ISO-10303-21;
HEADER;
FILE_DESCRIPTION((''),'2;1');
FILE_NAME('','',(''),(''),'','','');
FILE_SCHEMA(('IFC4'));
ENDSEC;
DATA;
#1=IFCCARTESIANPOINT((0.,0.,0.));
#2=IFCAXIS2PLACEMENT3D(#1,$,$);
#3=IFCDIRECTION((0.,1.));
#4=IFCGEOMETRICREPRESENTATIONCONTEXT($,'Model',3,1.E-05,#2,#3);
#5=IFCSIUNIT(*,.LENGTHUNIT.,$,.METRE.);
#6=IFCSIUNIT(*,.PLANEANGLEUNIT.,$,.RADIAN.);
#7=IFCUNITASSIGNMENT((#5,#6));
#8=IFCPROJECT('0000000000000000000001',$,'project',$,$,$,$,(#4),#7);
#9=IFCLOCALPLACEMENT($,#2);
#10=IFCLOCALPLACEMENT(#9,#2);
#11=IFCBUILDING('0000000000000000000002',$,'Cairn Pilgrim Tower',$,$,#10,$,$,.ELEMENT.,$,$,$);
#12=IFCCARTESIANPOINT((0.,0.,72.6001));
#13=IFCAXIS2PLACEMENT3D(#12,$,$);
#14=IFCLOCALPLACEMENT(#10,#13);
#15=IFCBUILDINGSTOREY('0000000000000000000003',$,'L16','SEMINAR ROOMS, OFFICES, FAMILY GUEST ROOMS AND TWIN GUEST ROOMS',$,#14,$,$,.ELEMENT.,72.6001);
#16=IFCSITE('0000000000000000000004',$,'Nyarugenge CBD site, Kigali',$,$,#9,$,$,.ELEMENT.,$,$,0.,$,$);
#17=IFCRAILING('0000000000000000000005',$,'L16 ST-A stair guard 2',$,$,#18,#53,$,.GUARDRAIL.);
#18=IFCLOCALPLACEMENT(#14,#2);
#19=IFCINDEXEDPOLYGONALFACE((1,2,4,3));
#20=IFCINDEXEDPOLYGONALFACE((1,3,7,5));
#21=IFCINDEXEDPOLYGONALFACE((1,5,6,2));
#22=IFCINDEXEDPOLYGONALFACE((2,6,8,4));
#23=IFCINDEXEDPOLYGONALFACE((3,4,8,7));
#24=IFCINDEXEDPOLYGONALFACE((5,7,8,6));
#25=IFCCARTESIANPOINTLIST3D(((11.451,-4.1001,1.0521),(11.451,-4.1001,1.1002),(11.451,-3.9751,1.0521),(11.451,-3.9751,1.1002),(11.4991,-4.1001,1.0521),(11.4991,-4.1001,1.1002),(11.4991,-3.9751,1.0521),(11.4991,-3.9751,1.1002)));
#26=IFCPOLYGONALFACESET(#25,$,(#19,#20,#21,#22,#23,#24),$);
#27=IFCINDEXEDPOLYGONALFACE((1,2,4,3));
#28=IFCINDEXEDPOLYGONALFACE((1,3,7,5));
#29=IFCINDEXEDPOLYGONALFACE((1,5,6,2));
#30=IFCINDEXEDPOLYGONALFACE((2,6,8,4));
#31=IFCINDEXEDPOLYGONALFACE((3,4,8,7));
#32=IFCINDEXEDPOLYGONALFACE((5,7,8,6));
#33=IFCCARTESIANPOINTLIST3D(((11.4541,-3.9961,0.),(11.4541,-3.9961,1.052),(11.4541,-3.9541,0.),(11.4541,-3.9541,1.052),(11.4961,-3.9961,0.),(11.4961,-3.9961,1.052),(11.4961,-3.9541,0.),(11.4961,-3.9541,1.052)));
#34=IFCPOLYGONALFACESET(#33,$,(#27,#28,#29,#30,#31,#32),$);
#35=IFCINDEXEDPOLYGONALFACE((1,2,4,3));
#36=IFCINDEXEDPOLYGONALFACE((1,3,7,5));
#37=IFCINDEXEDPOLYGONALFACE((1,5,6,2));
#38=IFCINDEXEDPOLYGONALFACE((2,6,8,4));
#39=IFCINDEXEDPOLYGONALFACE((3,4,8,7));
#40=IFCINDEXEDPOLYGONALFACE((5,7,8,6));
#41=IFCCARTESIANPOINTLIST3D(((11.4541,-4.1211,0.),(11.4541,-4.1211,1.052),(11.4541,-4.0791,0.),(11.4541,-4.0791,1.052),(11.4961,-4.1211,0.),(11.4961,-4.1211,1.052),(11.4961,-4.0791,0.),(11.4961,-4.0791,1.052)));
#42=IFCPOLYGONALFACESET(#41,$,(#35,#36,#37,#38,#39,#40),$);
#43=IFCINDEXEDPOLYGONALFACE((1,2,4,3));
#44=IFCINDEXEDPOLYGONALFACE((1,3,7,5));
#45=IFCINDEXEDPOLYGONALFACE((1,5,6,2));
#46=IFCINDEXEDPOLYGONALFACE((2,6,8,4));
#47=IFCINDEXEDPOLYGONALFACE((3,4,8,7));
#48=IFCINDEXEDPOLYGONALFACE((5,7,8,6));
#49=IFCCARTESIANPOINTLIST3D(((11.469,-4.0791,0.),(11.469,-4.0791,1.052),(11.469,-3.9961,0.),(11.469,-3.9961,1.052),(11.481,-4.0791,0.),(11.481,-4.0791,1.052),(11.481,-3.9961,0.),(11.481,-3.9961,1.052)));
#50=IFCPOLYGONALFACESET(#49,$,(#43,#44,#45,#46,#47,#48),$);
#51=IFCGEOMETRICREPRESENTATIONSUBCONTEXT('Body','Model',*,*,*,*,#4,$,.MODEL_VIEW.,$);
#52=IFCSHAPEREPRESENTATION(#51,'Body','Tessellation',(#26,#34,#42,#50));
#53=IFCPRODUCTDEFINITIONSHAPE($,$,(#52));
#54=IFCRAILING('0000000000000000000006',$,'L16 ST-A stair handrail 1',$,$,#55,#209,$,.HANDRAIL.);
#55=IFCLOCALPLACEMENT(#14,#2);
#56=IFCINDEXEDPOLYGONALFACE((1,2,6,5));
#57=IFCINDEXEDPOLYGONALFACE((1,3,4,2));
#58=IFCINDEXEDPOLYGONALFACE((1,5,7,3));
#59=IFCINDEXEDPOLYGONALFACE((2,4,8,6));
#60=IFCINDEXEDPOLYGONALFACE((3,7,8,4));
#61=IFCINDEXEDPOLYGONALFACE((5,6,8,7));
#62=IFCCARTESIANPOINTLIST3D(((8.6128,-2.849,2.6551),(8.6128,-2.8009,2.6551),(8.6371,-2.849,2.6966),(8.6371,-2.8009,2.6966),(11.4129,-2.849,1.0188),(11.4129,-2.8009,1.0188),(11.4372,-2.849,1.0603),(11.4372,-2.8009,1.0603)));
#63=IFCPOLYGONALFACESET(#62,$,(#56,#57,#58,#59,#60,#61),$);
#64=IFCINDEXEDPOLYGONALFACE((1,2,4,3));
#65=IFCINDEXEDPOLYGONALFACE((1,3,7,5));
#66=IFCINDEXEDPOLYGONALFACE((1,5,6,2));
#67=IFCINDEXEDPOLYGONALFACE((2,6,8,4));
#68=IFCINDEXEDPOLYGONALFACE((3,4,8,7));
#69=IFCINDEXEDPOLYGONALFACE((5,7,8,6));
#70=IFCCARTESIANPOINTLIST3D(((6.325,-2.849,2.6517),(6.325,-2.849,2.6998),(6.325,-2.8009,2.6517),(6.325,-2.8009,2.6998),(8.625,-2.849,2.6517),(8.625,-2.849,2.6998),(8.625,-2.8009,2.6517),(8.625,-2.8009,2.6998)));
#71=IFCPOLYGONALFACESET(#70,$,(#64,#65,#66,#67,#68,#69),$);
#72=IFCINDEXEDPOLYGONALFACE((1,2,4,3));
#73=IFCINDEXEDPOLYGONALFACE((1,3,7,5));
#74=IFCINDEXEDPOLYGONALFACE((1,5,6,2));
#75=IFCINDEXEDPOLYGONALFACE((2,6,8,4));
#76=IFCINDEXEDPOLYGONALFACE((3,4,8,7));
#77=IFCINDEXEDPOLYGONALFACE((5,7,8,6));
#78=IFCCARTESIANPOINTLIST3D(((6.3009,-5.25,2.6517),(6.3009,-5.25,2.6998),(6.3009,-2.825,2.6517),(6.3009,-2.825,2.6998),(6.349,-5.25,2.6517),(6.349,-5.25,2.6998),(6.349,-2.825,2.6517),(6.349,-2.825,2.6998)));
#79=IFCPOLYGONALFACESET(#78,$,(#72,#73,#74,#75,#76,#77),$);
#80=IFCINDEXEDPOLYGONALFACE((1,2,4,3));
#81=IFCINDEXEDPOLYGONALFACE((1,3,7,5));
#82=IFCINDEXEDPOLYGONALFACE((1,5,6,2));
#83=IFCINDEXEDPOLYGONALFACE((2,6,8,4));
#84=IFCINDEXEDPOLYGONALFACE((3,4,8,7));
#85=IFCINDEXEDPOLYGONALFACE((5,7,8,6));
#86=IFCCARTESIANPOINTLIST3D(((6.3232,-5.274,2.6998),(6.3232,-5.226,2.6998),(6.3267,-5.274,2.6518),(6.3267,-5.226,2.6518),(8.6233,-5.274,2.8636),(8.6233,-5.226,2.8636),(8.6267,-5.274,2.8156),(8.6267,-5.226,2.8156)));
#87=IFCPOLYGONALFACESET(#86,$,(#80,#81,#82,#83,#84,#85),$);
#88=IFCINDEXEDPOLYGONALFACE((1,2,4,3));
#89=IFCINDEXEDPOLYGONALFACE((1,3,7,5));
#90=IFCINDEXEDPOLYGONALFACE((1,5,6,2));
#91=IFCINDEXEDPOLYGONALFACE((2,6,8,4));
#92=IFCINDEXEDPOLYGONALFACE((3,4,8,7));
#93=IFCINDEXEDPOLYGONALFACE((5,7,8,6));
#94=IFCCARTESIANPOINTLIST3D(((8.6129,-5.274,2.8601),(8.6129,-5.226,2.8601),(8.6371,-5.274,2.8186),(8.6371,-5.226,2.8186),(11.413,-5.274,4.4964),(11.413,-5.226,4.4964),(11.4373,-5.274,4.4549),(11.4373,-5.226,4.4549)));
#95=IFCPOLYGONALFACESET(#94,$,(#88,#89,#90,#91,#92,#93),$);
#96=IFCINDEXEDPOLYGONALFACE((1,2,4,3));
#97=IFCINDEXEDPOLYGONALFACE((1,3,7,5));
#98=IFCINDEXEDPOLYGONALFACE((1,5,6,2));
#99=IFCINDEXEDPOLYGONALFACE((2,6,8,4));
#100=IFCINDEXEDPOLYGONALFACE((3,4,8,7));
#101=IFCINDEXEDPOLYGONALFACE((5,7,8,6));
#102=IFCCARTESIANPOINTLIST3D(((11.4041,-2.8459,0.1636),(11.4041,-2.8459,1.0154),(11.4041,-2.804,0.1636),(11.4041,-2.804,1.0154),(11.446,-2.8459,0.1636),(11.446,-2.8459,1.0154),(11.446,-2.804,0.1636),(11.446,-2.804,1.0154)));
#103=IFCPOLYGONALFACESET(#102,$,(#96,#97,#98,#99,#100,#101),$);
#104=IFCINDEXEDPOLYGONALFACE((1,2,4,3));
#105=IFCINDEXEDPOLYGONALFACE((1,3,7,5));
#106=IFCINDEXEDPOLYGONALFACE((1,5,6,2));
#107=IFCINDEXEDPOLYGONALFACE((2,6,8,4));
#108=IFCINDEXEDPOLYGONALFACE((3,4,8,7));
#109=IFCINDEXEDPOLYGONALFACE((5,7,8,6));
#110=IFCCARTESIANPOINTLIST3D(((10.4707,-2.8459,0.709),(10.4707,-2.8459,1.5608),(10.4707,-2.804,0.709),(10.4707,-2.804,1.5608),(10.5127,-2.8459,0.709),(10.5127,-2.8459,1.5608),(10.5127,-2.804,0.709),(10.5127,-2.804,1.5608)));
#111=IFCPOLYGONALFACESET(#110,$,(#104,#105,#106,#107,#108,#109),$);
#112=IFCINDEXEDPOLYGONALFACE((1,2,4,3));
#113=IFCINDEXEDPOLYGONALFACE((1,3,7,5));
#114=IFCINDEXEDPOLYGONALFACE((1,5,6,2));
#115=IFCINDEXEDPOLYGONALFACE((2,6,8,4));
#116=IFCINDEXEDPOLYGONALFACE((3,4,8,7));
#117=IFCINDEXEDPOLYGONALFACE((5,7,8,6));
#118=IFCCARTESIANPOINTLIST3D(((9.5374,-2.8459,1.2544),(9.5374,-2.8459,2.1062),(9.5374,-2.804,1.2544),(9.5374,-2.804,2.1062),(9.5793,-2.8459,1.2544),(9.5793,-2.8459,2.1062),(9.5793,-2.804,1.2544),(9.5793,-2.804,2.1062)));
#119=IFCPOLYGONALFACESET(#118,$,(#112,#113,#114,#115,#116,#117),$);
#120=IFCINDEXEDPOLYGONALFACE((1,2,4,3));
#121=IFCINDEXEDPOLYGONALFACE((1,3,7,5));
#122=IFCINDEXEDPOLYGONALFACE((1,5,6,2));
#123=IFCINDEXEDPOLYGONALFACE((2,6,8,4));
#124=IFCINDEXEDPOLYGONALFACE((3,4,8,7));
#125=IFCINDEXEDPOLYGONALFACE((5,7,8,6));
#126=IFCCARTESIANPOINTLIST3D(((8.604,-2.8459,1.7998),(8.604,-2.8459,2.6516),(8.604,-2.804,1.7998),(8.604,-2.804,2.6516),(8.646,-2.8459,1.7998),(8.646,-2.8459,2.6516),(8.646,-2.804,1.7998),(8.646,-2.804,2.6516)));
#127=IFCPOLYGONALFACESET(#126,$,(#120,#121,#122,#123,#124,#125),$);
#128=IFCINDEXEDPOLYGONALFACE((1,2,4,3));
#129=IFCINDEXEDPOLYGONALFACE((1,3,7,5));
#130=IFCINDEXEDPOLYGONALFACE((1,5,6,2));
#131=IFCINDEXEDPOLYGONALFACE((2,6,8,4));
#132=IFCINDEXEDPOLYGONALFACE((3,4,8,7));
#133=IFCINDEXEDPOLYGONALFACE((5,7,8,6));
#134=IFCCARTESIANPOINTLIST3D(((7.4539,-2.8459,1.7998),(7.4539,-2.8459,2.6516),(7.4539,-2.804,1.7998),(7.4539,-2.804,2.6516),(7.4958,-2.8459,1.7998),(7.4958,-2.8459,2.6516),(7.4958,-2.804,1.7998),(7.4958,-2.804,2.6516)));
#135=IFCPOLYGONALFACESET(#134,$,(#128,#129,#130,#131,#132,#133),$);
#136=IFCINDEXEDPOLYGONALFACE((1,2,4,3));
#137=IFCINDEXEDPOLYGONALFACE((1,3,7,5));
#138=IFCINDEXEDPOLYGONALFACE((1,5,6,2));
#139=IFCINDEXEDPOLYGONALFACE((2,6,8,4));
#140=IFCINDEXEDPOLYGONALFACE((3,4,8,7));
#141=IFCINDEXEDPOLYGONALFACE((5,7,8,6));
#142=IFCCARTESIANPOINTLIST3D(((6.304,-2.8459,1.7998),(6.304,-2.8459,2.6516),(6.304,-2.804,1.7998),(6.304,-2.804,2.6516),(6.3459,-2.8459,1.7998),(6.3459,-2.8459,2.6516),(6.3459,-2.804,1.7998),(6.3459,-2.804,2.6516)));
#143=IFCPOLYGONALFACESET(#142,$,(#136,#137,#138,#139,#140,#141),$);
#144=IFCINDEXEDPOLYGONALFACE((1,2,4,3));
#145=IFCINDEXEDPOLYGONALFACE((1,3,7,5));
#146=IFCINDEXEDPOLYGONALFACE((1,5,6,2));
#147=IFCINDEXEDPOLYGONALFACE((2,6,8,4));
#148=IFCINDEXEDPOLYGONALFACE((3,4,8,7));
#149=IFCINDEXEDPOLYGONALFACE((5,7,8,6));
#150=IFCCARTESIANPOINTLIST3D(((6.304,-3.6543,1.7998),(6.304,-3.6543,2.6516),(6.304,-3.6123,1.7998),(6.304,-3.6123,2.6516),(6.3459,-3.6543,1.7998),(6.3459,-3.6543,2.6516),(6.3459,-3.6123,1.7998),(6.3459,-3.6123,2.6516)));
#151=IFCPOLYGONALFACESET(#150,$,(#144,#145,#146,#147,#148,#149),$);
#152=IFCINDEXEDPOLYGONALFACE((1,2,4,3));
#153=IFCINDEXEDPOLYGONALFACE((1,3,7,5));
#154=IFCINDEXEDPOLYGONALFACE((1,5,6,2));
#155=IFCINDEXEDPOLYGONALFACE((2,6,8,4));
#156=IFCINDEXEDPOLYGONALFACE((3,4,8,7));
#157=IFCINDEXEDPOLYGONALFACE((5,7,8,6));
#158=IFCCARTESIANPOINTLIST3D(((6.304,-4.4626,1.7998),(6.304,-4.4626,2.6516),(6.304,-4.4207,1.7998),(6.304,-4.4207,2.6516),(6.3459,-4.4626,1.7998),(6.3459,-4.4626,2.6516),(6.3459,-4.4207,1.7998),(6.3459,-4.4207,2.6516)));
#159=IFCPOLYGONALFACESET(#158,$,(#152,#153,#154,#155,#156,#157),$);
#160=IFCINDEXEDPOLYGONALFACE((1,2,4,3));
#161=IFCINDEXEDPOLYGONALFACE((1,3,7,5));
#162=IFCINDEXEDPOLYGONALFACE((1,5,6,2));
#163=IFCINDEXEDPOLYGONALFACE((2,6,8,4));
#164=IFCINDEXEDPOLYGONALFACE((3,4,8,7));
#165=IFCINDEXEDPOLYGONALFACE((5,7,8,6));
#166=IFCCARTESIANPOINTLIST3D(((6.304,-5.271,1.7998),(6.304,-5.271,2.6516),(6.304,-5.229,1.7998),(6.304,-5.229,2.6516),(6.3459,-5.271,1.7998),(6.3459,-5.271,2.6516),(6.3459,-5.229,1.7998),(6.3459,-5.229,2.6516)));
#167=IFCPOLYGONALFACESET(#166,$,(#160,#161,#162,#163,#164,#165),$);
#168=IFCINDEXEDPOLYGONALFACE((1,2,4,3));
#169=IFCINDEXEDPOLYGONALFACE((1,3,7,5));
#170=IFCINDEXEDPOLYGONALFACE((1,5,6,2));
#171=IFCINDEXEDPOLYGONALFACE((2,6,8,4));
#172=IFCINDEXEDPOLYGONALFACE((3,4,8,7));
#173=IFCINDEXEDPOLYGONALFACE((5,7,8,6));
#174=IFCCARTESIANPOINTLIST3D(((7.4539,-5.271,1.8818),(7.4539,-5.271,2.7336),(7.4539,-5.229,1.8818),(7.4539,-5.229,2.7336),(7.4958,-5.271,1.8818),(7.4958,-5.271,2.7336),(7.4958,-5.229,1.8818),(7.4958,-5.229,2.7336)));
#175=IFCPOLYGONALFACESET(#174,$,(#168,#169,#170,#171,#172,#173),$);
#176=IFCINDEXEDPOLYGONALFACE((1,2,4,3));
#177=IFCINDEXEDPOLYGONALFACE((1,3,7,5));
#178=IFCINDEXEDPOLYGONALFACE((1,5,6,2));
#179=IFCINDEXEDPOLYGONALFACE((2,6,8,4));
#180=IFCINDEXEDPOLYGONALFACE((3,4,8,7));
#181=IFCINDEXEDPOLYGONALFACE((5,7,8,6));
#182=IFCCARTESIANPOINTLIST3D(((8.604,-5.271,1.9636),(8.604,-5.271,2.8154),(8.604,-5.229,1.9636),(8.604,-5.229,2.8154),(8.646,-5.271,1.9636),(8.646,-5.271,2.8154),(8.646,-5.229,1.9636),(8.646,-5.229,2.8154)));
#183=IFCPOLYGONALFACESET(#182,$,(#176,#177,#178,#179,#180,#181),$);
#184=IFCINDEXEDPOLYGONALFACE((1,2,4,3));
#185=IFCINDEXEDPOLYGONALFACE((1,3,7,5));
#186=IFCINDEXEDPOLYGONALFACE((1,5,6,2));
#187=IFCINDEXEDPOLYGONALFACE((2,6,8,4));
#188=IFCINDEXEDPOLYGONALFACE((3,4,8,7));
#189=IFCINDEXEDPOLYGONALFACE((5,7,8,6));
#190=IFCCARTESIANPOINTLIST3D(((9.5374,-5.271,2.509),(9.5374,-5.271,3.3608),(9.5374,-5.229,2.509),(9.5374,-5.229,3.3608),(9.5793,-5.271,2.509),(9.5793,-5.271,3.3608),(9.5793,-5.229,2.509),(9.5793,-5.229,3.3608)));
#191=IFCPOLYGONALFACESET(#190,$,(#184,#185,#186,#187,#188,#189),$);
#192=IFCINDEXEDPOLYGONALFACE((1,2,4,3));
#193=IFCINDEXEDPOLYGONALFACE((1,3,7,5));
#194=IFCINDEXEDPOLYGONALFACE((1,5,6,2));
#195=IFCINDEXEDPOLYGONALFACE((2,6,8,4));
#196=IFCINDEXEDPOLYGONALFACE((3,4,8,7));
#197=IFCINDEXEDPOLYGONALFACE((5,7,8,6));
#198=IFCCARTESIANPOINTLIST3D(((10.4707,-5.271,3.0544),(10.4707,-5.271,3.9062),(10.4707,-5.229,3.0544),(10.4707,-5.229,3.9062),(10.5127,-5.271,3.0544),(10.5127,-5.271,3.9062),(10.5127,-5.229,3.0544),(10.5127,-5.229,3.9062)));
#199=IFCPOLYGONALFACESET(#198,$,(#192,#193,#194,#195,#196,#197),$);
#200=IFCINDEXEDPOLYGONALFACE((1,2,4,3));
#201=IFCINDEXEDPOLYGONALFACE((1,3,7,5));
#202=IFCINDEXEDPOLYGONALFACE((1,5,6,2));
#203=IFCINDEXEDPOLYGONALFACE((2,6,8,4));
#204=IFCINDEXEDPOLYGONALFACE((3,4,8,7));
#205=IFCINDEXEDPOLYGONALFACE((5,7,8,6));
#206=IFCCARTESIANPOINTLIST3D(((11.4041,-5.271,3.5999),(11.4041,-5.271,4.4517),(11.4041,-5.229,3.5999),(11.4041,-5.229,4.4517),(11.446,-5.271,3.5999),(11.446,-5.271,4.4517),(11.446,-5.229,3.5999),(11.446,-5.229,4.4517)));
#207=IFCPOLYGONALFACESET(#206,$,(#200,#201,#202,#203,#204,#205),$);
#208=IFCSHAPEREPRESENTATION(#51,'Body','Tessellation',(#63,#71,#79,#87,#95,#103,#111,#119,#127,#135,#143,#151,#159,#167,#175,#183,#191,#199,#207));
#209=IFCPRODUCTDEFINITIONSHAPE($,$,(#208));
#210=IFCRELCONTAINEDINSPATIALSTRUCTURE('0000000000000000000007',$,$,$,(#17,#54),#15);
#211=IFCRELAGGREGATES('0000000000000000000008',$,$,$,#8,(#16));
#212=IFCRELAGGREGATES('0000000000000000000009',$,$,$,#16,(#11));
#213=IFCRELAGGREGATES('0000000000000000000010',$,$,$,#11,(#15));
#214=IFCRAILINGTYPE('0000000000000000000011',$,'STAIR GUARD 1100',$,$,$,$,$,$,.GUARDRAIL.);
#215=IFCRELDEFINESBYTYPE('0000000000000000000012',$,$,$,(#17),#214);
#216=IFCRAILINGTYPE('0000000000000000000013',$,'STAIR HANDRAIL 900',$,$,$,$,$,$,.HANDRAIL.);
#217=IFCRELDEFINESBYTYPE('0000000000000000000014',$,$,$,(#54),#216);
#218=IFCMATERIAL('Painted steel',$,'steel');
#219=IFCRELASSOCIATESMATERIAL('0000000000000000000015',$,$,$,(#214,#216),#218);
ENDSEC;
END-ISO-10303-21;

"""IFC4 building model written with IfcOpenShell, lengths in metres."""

from ifc_helpers import new_model, si_unit, direction, frame, origin, origin_2d, place, context, subcontext, project, spatial, polyline, rectangle, outline, extrude, material, type_object, element, save


model = new_model("IFC4")

# Units and contexts
model_context = context("Model", 3, precision=1e-05, world=origin(), true_north=direction((0.0, 1.0)))
body_context = subcontext(model_context, "Body", "Model", "MODEL_VIEW")
ifc_project = project(units=[si_unit("LENGTHUNIT", "METRE"), si_unit("PLANEANGLEUNIT", "RADIAN")], contexts=[model_context])

# Site, building, storey
site_placement = place(None, origin())
site = spatial("IfcSite", under=ifc_project, at=site_placement, Name="Nyarugenge CBD site, Kigali", CompositionType="ELEMENT", RefElevation=0.0)
building_placement = place(site_placement, origin())
building = spatial("IfcBuilding", under=site, at=building_placement, Name="Cairn Pilgrim Tower", CompositionType="ELEMENT")
storey_placement = place(building_placement, frame((0.0, 0.0, 72.6001)))
storey = spatial("IfcBuildingStorey", under=building, at=storey_placement, Name="L16", Description="SEMINAR ROOMS, OFFICES, FAMILY GUEST ROOMS AND TWIN GUEST ROOMS", CompositionType="ELEMENT", Elevation=72.6001)

# Shared definitions
ifc_material_1 = material(Name="Painted steel", Category="steel")

# Railings
railing_type_1 = type_object("IfcRailingType", Name="STAIR GUARD 1100", PredefinedType="GUARDRAIL", material=ifc_material_1)
railing_1_placement = place(storey_placement, frame((11.4751, -3.9751, 0.0)))
element("IfcRailing", 1, at=railing_1_placement, inside=storey, type_object=railing_type_1, Name="L16 ST-A stair guard 2", PredefinedType="GUARDRAIL", context=body_context, shape_type="SweptSolid", body=[
    extrude(rectangle(XDim=0.0481, YDim=0.0481, at=origin_2d()), frame((0.0, 0.0, 1.0762), z_axis=(0.0, -1.0, 0.0), x_axis=(1.0, 0.0, 0.0)), (0.0, 0.0, 1.0), 0.125),
    extrude(rectangle(XDim=0.042, YDim=0.042, at=origin_2d()), origin(), (0.0, 0.0, 1.0), 1.052),
    extrude(rectangle(XDim=0.042, YDim=0.042, at=origin_2d()), frame((0.0, -0.125, 0.0)), (0.0, 0.0, 1.0), 1.052),
    extrude(outline(polyline([(0.021, 0.0), (0.104, 0.0), (0.104, 1.052), (0.021, 1.052), (0.021, 0.0)])), frame((0.0059, 0.0, 0.0), z_axis=(-1.0, 0.0, 0.0), x_axis=(0.0, -1.0, 0.0)), (0.0, 0.0, 1.0), 0.012),
])
railing_type_2 = type_object("IfcRailingType", Name="STAIR HANDRAIL 900", PredefinedType="HANDRAIL", material=ifc_material_1)
railing_2_placement = place(storey_placement, frame((11.425, -2.825, 0.1636)))
element("IfcRailing", 2, at=railing_2_placement, inside=storey, type_object=railing_type_2, Name="L16 ST-A stair handrail 1", PredefinedType="HANDRAIL", context=body_context, shape_type="SweptSolid", body=[
    extrude(rectangle(XDim=0.0481, YDim=0.0481, at=origin_2d()), frame((0.0, 0.0, 0.876), z_axis=(-0.863394, 0.0, 0.504531), x_axis=(0.0, -1.0, 0.0)), (0.0, 0.0, 1.0), 3.2432),
    extrude(rectangle(XDim=0.0481, YDim=0.0481, at=origin_2d()), frame((-2.8, 0.0, 2.5122), z_axis=(-1.0, 0.0, 0.0), x_axis=(0.0, -1.0, 0.0)), (0.0, 0.0, 1.0), 2.3),
    extrude(rectangle(XDim=0.0481, YDim=0.0481, at=origin_2d()), frame((-5.1001, 0.0, 2.5122), z_axis=(0.0, -1.0, 0.0), x_axis=(1.0, 0.0, 0.0)), (0.0, 0.0, 1.0), 2.425),
    extrude(rectangle(XDim=0.0481, YDim=0.0481, at=origin_2d()), frame((-5.1001, -2.425, 2.5122), z_axis=(0.997473, 0.0, 0.071044), x_axis=(0.0, 1.0, 0.0)), (0.0, 0.0, 1.0), 2.3059),
    extrude(rectangle(XDim=0.0481, YDim=0.0481, at=origin_2d()), frame((-2.8, -2.425, 2.6758), z_axis=(0.863394, 0.0, 0.504531), x_axis=(0.0, 1.0, 0.0)), (0.0, 0.0, 1.0), 3.2432),
    extrude(rectangle(XDim=0.042, YDim=0.042, at=origin_2d()), origin(), (0.0, 0.0, 1.0), 0.8518),
    extrude(rectangle(XDim=0.042, YDim=0.042, at=origin_2d()), frame((-0.9333, 0.0, 0.5454)), (0.0, 0.0, 1.0), 0.8518),
    extrude(rectangle(XDim=0.042, YDim=0.042, at=origin_2d()), frame((-1.8667, 0.0, 1.0908)), (0.0, 0.0, 1.0), 0.8518),
    extrude(rectangle(XDim=0.042, YDim=0.042, at=origin_2d()), frame((-2.8, 0.0, 1.6362)), (0.0, 0.0, 1.0), 0.8518),
    extrude(rectangle(XDim=0.042, YDim=0.042, at=origin_2d()), frame((-3.9502, 0.0, 1.6362)), (0.0, 0.0, 1.0), 0.8518),
    extrude(rectangle(XDim=0.042, YDim=0.042, at=origin_2d()), frame((-5.1001, 0.0, 1.6362)), (0.0, 0.0, 1.0), 0.8518),
    extrude(rectangle(XDim=0.042, YDim=0.042, at=origin_2d()), frame((-5.1001, -0.8083, 1.6362)), (0.0, 0.0, 1.0), 0.8518),
    extrude(rectangle(XDim=0.042, YDim=0.042, at=origin_2d()), frame((-5.1001, -1.6167, 1.6362)), (0.0, 0.0, 1.0), 0.8518),
    extrude(rectangle(XDim=0.042, YDim=0.042, at=origin_2d()), frame((-5.1001, -2.425, 1.6362)), (0.0, 0.0, 1.0), 0.8518),
    extrude(rectangle(XDim=0.042, YDim=0.042, at=origin_2d()), frame((-3.9502, -2.425, 1.7183)), (0.0, 0.0, 1.0), 0.8518),
    extrude(rectangle(XDim=0.042, YDim=0.042, at=origin_2d()), frame((-2.8, -2.425, 1.8)), (0.0, 0.0, 1.0), 0.8518),
    extrude(rectangle(XDim=0.042, YDim=0.042, at=origin_2d()), frame((-1.8667, -2.425, 2.3455)), (0.0, 0.0, 1.0), 0.8518),
    extrude(rectangle(XDim=0.042, YDim=0.042, at=origin_2d()), frame((-0.9333, -2.425, 2.8909)), (0.0, 0.0, 1.0), 0.8518),
    extrude(rectangle(XDim=0.042, YDim=0.042, at=origin_2d()), frame((0.0, -2.425, 3.4363)), (0.0, 0.0, 1.0), 0.8518),
])

save(model, "model.ifc")
